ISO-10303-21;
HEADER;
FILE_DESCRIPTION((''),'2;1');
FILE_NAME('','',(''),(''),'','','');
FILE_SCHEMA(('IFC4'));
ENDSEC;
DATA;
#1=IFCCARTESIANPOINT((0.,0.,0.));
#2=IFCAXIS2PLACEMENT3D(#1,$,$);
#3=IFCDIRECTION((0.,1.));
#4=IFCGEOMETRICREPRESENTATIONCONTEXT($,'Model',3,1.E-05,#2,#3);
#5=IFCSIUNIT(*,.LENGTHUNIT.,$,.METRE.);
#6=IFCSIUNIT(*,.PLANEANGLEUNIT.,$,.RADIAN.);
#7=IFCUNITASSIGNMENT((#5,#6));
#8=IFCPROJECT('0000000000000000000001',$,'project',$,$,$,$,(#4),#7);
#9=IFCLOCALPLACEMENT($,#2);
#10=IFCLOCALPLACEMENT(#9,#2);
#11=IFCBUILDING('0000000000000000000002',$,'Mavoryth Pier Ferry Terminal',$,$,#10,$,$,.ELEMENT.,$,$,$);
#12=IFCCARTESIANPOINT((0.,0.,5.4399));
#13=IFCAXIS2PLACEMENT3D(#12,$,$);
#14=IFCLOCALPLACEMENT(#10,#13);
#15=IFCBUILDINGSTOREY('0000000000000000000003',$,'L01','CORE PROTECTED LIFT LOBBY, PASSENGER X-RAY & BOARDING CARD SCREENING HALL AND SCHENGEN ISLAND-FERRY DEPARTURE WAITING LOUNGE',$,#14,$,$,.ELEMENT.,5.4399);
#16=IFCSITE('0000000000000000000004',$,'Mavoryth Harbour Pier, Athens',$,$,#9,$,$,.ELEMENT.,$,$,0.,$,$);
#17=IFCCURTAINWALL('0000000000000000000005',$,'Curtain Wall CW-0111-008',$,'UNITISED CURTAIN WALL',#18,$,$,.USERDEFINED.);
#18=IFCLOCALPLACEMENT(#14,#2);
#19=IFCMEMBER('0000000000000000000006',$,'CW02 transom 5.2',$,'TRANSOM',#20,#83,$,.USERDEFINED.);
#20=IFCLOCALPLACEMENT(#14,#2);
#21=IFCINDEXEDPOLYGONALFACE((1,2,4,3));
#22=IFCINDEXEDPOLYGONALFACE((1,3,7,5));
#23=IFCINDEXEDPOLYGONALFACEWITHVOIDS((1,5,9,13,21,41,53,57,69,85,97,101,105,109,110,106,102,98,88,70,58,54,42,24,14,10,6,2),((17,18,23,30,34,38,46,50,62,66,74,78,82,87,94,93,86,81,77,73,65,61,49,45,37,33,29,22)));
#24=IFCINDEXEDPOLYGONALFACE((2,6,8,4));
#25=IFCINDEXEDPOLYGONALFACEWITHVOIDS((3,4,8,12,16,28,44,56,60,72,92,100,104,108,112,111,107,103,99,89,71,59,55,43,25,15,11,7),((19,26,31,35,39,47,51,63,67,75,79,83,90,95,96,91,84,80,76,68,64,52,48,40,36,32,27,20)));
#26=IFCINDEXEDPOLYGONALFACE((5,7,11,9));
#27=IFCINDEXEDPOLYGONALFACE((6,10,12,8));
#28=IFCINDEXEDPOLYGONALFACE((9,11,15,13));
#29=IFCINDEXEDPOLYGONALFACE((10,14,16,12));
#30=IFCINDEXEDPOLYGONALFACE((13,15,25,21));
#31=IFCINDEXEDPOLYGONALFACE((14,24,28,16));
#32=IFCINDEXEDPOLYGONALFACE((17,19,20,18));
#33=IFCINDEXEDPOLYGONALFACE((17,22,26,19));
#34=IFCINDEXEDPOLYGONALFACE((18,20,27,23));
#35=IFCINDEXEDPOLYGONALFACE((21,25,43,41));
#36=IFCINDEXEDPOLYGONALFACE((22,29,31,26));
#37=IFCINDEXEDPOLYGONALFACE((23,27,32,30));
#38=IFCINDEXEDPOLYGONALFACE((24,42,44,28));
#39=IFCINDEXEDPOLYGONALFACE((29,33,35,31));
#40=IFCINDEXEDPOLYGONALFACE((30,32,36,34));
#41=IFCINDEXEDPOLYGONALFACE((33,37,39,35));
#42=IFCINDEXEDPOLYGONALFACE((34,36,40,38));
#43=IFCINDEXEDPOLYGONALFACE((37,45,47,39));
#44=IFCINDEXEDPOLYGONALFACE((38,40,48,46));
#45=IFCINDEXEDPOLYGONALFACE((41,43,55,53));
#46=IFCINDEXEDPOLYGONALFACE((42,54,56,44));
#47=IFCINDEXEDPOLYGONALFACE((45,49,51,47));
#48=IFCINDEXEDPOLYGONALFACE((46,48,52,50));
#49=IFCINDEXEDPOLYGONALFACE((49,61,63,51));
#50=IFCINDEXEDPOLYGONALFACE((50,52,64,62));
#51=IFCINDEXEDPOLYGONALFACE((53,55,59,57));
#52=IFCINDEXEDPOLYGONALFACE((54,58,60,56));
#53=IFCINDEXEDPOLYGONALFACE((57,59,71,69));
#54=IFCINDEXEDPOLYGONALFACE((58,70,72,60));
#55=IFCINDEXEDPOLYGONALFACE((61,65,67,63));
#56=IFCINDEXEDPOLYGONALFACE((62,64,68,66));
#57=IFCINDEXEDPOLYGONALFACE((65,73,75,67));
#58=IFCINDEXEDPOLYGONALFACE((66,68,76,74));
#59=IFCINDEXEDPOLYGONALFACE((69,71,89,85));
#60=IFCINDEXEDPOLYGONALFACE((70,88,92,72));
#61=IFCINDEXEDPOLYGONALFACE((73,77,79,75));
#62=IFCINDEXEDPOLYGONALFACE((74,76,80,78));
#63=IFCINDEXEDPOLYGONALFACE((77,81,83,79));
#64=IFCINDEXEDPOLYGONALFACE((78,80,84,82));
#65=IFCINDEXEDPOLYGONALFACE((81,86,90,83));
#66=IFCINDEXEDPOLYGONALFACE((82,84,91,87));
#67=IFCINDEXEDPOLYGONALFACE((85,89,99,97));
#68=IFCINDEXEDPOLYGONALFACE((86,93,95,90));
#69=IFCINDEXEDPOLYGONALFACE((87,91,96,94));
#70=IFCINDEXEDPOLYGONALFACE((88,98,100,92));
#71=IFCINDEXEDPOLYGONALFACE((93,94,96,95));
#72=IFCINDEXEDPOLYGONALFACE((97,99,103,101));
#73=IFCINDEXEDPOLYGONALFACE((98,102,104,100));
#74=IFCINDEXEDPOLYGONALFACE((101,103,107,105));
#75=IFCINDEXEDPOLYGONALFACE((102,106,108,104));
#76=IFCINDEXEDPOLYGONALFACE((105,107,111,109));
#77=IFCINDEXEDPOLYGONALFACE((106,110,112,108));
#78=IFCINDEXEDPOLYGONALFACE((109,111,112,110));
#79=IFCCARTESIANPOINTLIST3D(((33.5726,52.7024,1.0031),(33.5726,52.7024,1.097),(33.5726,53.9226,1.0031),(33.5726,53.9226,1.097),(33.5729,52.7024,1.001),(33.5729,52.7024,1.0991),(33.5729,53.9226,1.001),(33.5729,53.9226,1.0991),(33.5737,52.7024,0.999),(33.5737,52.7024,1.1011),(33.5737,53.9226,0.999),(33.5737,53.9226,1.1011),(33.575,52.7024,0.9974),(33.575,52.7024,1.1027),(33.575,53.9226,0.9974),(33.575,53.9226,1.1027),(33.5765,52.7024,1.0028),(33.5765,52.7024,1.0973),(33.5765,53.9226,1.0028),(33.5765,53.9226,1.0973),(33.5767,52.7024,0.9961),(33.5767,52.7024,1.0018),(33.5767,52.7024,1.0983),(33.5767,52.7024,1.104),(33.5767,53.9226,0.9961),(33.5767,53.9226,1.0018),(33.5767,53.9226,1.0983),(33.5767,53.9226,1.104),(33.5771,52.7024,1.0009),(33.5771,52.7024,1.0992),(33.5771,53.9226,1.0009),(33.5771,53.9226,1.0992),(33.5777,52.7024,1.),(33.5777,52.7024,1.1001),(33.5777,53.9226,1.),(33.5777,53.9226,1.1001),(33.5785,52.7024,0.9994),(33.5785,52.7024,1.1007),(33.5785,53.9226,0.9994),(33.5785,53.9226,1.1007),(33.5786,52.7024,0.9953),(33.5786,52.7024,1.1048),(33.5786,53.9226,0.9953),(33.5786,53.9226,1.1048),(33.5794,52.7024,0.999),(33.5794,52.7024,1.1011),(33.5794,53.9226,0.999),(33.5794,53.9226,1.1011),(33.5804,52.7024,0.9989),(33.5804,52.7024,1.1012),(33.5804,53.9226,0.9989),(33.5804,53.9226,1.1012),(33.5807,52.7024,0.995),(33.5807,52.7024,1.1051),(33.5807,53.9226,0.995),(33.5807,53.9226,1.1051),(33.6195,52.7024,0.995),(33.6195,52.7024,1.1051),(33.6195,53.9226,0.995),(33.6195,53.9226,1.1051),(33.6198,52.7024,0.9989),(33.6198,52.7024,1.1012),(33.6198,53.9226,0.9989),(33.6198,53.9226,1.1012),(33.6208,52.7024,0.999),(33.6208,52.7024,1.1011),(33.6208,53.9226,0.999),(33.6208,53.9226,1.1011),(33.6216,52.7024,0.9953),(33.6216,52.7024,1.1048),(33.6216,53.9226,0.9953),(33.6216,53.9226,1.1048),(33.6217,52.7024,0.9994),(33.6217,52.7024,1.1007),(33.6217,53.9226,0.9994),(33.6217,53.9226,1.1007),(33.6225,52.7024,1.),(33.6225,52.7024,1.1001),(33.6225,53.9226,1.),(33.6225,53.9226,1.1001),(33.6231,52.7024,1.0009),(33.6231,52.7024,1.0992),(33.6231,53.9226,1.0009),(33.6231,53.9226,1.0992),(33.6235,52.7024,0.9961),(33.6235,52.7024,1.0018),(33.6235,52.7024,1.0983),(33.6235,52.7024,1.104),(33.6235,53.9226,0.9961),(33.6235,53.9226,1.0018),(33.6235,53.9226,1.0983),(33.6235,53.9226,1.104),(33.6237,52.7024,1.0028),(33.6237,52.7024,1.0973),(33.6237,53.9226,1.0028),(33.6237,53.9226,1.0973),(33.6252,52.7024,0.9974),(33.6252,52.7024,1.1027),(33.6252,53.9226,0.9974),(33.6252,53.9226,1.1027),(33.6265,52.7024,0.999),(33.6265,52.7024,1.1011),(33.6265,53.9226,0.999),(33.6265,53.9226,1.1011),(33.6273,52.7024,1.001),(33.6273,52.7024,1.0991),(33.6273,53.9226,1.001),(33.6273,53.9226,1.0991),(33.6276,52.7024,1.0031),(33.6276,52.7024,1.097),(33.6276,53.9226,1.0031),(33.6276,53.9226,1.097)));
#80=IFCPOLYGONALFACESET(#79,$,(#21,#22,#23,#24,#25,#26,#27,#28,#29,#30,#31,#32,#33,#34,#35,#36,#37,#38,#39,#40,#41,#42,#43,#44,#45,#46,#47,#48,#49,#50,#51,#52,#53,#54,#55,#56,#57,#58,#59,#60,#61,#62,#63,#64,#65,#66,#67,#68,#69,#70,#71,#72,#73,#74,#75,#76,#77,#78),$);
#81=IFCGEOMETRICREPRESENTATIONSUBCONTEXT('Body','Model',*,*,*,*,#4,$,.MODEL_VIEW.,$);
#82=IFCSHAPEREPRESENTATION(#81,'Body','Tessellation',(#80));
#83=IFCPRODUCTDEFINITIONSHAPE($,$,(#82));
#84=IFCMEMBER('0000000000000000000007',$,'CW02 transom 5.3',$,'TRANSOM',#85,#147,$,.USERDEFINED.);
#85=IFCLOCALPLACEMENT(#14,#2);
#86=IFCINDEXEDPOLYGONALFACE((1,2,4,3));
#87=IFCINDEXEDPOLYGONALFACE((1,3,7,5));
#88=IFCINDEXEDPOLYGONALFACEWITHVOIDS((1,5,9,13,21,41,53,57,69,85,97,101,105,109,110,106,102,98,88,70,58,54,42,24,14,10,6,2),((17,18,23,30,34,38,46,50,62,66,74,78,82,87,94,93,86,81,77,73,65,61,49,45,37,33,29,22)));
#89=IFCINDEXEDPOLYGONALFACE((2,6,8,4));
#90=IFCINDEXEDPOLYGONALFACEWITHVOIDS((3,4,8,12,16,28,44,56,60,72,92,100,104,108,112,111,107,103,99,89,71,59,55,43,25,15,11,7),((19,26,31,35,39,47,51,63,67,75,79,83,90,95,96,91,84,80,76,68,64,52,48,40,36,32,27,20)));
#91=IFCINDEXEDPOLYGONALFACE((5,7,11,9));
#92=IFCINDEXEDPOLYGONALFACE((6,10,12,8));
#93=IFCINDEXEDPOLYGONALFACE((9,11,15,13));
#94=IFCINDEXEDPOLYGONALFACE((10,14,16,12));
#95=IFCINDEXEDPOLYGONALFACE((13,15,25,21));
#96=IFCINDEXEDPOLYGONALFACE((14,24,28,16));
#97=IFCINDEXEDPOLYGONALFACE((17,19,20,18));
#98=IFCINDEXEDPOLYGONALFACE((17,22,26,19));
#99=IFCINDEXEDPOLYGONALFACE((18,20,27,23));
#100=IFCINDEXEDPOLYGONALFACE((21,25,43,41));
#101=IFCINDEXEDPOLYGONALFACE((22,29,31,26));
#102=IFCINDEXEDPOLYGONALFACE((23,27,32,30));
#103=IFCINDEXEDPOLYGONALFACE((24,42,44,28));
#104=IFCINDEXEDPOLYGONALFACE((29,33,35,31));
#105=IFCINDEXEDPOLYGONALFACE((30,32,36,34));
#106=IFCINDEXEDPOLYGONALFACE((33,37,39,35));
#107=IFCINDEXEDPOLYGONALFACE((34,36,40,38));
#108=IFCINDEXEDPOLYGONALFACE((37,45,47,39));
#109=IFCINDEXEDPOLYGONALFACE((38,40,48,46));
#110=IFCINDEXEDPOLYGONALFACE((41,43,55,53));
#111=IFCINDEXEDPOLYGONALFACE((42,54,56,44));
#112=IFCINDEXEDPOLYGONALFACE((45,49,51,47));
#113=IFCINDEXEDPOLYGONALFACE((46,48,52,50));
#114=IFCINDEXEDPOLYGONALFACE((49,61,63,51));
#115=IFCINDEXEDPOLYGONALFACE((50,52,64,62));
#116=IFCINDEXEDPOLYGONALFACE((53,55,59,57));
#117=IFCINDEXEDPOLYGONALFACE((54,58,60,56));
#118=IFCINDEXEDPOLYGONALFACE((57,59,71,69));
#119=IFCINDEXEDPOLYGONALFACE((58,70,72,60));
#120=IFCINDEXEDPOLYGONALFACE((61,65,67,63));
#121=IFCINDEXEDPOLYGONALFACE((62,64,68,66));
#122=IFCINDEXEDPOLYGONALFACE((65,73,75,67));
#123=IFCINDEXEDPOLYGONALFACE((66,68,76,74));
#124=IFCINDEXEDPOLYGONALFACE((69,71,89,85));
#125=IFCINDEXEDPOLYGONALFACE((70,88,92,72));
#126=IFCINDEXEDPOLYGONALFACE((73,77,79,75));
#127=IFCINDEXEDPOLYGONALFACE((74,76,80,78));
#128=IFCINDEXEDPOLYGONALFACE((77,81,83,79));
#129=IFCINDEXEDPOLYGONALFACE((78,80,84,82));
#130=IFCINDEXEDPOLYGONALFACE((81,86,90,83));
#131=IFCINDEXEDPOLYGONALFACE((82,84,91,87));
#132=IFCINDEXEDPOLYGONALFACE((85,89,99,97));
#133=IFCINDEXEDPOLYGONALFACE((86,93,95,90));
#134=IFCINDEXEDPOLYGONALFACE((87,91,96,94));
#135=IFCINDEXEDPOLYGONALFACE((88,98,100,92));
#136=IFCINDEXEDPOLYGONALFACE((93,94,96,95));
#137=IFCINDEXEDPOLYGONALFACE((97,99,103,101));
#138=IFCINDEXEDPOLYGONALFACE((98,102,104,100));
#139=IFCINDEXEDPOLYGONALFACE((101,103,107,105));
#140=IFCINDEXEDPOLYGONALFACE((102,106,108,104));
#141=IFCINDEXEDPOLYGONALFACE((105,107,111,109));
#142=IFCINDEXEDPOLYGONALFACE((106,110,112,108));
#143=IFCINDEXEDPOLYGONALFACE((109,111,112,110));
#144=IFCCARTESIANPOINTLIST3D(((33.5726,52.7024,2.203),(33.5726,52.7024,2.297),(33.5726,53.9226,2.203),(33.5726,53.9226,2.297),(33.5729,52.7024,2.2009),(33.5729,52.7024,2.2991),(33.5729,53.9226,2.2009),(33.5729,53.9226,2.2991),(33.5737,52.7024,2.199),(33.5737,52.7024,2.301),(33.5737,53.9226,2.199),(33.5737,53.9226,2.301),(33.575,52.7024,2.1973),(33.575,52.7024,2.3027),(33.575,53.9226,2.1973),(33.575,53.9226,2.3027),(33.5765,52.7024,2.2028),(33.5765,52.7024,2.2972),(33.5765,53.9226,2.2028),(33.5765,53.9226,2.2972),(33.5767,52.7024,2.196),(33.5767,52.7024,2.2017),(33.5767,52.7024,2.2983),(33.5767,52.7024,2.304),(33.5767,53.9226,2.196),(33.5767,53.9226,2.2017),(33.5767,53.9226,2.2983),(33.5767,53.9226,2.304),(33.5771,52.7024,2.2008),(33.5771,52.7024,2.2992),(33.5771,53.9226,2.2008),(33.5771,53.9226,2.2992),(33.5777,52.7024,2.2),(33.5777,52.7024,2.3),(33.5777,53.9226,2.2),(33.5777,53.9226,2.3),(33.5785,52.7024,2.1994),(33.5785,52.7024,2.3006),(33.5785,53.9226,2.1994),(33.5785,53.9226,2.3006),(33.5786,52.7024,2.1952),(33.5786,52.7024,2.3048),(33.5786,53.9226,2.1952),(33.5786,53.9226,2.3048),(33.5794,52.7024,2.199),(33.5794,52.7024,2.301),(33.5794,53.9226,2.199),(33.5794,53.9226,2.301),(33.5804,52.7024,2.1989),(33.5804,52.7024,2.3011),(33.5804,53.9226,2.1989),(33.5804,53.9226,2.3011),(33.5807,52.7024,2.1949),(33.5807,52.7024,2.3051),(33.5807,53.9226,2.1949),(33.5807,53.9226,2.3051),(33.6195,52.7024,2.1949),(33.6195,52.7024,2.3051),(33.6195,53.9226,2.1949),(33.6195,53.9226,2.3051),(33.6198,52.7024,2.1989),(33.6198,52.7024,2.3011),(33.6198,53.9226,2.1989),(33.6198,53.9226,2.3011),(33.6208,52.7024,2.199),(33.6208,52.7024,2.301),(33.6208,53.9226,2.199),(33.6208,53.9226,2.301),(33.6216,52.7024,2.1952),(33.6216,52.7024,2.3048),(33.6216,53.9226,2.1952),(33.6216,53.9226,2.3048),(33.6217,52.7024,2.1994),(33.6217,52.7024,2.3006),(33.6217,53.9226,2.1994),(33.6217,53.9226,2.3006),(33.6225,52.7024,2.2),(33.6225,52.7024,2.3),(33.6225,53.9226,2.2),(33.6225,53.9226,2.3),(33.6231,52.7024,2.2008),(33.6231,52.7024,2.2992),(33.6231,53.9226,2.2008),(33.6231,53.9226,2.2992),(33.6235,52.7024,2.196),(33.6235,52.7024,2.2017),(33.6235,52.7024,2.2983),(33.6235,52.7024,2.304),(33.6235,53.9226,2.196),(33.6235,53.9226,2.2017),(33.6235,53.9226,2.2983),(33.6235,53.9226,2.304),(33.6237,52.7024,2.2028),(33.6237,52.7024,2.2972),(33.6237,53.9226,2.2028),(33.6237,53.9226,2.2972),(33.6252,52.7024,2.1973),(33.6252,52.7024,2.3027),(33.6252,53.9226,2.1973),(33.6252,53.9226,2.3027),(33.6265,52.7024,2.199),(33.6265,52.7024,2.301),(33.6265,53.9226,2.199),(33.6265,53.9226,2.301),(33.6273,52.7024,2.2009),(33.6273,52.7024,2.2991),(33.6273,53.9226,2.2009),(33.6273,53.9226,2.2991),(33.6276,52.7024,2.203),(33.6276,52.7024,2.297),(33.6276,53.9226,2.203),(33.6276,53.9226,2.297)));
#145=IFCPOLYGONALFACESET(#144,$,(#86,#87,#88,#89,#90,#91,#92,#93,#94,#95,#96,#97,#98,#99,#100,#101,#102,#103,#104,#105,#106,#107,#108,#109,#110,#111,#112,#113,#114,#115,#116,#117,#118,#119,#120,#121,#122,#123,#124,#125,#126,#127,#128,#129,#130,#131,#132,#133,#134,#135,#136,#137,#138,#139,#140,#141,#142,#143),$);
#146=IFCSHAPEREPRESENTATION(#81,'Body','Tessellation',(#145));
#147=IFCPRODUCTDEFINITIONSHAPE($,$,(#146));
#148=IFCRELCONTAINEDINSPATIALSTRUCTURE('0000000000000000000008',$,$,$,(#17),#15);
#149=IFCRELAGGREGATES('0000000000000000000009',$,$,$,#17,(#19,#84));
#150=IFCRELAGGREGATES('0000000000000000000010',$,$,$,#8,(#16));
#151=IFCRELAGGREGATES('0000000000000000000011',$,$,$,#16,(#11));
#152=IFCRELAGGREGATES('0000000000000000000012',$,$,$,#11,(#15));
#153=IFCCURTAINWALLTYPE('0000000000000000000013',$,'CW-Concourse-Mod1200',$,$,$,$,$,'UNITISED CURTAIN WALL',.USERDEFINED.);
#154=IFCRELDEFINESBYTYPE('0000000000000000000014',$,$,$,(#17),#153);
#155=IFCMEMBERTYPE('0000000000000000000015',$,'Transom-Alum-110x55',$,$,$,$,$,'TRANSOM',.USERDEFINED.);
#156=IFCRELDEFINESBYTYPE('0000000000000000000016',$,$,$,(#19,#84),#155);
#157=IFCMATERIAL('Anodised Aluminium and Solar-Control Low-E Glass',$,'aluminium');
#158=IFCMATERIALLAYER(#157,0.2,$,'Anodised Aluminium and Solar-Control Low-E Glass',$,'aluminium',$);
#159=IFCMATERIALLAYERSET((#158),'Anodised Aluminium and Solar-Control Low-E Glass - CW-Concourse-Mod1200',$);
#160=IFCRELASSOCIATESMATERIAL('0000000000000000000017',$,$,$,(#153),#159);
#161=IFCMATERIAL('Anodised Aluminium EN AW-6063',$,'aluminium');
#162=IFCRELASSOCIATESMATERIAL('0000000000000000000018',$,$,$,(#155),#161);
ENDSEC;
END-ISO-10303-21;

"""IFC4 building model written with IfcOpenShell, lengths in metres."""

from ifc_helpers import new_model, si_unit, direction, frame, origin, origin_2d, place, context, subcontext, project, spatial, hollow_rectangle, extrude, material, layer, layer_set, material_profile, profile_set, type_object, element, aggregate, save


model = new_model("IFC4")

# Units and contexts
model_context = context("Model", 3, precision=1e-05, world=origin(), true_north=direction((0.0, 1.0)))
body_context = subcontext(model_context, "Body", "Model", "MODEL_VIEW")
ifc_project = project(units=[si_unit("LENGTHUNIT", "METRE"), si_unit("PLANEANGLEUNIT", "RADIAN")], contexts=[model_context])

# Site, building, storey
site_placement = place(None, origin())
site = spatial("IfcSite", under=ifc_project, at=site_placement, Name="Mavoryth Harbour Pier, Athens", CompositionType="ELEMENT", RefElevation=0.0)
building_placement = place(site_placement, origin())
building = spatial("IfcBuilding", under=site, at=building_placement, Name="Mavoryth Pier Ferry Terminal", CompositionType="ELEMENT")
storey_placement = place(building_placement, frame((0.0, 0.0, 5.4399)))
storey = spatial("IfcBuildingStorey", under=building, at=storey_placement, Name="L01", Description="CORE PROTECTED LIFT LOBBY, PASSENGER X-RAY & BOARDING CARD SCREENING HALL AND SCHENGEN ISLAND-FERRY DEPARTURE WAITING LOUNGE", CompositionType="ELEMENT", Elevation=5.4399)

# Curtain wall
ifc_material_1 = material(Name="Anodised Aluminium and Solar-Control Low-E Glass", Category="aluminium")
ifc_layer_1 = layer(ifc_material_1, 0.2, Name="Anodised Aluminium and Solar-Control Low-E Glass", Category="aluminium")
ifc_layer_set_1 = layer_set([ifc_layer_1], Name="Anodised Aluminium and Solar-Control Low-E Glass - CW-Concourse-Mod1200")
curtain_wall_type = type_object("IfcCurtainWallType", Name="CW-Concourse-Mod1200", ElementType="UNITISED CURTAIN WALL", PredefinedType="USERDEFINED", material=ifc_layer_set_1)
curtain_wall_1_placement = place(storey_placement, origin())
curtain_wall_1 = element("IfcCurtainWall", 1, at=curtain_wall_1_placement, inside=storey, type_object=curtain_wall_type, Name="Curtain Wall CW-0111-008", ObjectType="UNITISED CURTAIN WALL", PredefinedType="USERDEFINED")
ifc_material_2 = material(Name="Anodised Aluminium EN AW-6063", Category="aluminium")

# Members
ifc_material_profile_1 = material_profile(ifc_material_2, hollow_rectangle(XDim=0.0549, YDim=0.1101, WallThickness=0.0039, InnerFilletRadius=0.0039, OuterFilletRadius=0.0081, at=origin_2d()), Name="AL-TRAN 110x55x4", Category="aluminium")
ifc_profile_set_1 = profile_set([ifc_material_profile_1], Name="Anodised Aluminium EN AW-6063 - AL-TRAN 110x55x4")
member_type_1 = type_object("IfcMemberType", Name="Transom-Alum-110x55", ElementType="TRANSOM", PredefinedType="USERDEFINED", material=ifc_profile_set_1)
member_1_placement = place(storey_placement, frame((33.6001, 52.7024, 1.05), z_axis=(0.0, 1.0, 0.0), x_axis=(-1.0, 0.0, 0.0)))
member_1 = element("IfcMember", 2, at=member_1_placement, type_object=member_type_1, Name="CW02 transom 5.2", ObjectType="TRANSOM", PredefinedType="USERDEFINED", context=body_context, shape_type="SweptSolid", body=[
    extrude(hollow_rectangle(XDim=0.0549, YDim=0.1101, WallThickness=0.0039, InnerFilletRadius=0.0039, OuterFilletRadius=0.0081, at=origin_2d()), origin(), (0.0, 0.0, 1.0), 1.2202),
])
member_2_placement = place(storey_placement, frame((33.6001, 52.7024, 2.25), z_axis=(0.0, 1.0, 0.0), x_axis=(-1.0, 0.0, 0.0)))
member_2 = element("IfcMember", 3, at=member_2_placement, type_object=member_type_1, Name="CW02 transom 5.3", ObjectType="TRANSOM", PredefinedType="USERDEFINED", context=body_context, shape_type="SweptSolid", body=[
    extrude(hollow_rectangle(XDim=0.0549, YDim=0.1101, WallThickness=0.0039, InnerFilletRadius=0.0039, OuterFilletRadius=0.0081, at=origin_2d()), origin(), (0.0, 0.0, 1.0), 1.2202),
])

aggregate(curtain_wall_1, [member_1, member_2])

save(model, "model.ifc")
